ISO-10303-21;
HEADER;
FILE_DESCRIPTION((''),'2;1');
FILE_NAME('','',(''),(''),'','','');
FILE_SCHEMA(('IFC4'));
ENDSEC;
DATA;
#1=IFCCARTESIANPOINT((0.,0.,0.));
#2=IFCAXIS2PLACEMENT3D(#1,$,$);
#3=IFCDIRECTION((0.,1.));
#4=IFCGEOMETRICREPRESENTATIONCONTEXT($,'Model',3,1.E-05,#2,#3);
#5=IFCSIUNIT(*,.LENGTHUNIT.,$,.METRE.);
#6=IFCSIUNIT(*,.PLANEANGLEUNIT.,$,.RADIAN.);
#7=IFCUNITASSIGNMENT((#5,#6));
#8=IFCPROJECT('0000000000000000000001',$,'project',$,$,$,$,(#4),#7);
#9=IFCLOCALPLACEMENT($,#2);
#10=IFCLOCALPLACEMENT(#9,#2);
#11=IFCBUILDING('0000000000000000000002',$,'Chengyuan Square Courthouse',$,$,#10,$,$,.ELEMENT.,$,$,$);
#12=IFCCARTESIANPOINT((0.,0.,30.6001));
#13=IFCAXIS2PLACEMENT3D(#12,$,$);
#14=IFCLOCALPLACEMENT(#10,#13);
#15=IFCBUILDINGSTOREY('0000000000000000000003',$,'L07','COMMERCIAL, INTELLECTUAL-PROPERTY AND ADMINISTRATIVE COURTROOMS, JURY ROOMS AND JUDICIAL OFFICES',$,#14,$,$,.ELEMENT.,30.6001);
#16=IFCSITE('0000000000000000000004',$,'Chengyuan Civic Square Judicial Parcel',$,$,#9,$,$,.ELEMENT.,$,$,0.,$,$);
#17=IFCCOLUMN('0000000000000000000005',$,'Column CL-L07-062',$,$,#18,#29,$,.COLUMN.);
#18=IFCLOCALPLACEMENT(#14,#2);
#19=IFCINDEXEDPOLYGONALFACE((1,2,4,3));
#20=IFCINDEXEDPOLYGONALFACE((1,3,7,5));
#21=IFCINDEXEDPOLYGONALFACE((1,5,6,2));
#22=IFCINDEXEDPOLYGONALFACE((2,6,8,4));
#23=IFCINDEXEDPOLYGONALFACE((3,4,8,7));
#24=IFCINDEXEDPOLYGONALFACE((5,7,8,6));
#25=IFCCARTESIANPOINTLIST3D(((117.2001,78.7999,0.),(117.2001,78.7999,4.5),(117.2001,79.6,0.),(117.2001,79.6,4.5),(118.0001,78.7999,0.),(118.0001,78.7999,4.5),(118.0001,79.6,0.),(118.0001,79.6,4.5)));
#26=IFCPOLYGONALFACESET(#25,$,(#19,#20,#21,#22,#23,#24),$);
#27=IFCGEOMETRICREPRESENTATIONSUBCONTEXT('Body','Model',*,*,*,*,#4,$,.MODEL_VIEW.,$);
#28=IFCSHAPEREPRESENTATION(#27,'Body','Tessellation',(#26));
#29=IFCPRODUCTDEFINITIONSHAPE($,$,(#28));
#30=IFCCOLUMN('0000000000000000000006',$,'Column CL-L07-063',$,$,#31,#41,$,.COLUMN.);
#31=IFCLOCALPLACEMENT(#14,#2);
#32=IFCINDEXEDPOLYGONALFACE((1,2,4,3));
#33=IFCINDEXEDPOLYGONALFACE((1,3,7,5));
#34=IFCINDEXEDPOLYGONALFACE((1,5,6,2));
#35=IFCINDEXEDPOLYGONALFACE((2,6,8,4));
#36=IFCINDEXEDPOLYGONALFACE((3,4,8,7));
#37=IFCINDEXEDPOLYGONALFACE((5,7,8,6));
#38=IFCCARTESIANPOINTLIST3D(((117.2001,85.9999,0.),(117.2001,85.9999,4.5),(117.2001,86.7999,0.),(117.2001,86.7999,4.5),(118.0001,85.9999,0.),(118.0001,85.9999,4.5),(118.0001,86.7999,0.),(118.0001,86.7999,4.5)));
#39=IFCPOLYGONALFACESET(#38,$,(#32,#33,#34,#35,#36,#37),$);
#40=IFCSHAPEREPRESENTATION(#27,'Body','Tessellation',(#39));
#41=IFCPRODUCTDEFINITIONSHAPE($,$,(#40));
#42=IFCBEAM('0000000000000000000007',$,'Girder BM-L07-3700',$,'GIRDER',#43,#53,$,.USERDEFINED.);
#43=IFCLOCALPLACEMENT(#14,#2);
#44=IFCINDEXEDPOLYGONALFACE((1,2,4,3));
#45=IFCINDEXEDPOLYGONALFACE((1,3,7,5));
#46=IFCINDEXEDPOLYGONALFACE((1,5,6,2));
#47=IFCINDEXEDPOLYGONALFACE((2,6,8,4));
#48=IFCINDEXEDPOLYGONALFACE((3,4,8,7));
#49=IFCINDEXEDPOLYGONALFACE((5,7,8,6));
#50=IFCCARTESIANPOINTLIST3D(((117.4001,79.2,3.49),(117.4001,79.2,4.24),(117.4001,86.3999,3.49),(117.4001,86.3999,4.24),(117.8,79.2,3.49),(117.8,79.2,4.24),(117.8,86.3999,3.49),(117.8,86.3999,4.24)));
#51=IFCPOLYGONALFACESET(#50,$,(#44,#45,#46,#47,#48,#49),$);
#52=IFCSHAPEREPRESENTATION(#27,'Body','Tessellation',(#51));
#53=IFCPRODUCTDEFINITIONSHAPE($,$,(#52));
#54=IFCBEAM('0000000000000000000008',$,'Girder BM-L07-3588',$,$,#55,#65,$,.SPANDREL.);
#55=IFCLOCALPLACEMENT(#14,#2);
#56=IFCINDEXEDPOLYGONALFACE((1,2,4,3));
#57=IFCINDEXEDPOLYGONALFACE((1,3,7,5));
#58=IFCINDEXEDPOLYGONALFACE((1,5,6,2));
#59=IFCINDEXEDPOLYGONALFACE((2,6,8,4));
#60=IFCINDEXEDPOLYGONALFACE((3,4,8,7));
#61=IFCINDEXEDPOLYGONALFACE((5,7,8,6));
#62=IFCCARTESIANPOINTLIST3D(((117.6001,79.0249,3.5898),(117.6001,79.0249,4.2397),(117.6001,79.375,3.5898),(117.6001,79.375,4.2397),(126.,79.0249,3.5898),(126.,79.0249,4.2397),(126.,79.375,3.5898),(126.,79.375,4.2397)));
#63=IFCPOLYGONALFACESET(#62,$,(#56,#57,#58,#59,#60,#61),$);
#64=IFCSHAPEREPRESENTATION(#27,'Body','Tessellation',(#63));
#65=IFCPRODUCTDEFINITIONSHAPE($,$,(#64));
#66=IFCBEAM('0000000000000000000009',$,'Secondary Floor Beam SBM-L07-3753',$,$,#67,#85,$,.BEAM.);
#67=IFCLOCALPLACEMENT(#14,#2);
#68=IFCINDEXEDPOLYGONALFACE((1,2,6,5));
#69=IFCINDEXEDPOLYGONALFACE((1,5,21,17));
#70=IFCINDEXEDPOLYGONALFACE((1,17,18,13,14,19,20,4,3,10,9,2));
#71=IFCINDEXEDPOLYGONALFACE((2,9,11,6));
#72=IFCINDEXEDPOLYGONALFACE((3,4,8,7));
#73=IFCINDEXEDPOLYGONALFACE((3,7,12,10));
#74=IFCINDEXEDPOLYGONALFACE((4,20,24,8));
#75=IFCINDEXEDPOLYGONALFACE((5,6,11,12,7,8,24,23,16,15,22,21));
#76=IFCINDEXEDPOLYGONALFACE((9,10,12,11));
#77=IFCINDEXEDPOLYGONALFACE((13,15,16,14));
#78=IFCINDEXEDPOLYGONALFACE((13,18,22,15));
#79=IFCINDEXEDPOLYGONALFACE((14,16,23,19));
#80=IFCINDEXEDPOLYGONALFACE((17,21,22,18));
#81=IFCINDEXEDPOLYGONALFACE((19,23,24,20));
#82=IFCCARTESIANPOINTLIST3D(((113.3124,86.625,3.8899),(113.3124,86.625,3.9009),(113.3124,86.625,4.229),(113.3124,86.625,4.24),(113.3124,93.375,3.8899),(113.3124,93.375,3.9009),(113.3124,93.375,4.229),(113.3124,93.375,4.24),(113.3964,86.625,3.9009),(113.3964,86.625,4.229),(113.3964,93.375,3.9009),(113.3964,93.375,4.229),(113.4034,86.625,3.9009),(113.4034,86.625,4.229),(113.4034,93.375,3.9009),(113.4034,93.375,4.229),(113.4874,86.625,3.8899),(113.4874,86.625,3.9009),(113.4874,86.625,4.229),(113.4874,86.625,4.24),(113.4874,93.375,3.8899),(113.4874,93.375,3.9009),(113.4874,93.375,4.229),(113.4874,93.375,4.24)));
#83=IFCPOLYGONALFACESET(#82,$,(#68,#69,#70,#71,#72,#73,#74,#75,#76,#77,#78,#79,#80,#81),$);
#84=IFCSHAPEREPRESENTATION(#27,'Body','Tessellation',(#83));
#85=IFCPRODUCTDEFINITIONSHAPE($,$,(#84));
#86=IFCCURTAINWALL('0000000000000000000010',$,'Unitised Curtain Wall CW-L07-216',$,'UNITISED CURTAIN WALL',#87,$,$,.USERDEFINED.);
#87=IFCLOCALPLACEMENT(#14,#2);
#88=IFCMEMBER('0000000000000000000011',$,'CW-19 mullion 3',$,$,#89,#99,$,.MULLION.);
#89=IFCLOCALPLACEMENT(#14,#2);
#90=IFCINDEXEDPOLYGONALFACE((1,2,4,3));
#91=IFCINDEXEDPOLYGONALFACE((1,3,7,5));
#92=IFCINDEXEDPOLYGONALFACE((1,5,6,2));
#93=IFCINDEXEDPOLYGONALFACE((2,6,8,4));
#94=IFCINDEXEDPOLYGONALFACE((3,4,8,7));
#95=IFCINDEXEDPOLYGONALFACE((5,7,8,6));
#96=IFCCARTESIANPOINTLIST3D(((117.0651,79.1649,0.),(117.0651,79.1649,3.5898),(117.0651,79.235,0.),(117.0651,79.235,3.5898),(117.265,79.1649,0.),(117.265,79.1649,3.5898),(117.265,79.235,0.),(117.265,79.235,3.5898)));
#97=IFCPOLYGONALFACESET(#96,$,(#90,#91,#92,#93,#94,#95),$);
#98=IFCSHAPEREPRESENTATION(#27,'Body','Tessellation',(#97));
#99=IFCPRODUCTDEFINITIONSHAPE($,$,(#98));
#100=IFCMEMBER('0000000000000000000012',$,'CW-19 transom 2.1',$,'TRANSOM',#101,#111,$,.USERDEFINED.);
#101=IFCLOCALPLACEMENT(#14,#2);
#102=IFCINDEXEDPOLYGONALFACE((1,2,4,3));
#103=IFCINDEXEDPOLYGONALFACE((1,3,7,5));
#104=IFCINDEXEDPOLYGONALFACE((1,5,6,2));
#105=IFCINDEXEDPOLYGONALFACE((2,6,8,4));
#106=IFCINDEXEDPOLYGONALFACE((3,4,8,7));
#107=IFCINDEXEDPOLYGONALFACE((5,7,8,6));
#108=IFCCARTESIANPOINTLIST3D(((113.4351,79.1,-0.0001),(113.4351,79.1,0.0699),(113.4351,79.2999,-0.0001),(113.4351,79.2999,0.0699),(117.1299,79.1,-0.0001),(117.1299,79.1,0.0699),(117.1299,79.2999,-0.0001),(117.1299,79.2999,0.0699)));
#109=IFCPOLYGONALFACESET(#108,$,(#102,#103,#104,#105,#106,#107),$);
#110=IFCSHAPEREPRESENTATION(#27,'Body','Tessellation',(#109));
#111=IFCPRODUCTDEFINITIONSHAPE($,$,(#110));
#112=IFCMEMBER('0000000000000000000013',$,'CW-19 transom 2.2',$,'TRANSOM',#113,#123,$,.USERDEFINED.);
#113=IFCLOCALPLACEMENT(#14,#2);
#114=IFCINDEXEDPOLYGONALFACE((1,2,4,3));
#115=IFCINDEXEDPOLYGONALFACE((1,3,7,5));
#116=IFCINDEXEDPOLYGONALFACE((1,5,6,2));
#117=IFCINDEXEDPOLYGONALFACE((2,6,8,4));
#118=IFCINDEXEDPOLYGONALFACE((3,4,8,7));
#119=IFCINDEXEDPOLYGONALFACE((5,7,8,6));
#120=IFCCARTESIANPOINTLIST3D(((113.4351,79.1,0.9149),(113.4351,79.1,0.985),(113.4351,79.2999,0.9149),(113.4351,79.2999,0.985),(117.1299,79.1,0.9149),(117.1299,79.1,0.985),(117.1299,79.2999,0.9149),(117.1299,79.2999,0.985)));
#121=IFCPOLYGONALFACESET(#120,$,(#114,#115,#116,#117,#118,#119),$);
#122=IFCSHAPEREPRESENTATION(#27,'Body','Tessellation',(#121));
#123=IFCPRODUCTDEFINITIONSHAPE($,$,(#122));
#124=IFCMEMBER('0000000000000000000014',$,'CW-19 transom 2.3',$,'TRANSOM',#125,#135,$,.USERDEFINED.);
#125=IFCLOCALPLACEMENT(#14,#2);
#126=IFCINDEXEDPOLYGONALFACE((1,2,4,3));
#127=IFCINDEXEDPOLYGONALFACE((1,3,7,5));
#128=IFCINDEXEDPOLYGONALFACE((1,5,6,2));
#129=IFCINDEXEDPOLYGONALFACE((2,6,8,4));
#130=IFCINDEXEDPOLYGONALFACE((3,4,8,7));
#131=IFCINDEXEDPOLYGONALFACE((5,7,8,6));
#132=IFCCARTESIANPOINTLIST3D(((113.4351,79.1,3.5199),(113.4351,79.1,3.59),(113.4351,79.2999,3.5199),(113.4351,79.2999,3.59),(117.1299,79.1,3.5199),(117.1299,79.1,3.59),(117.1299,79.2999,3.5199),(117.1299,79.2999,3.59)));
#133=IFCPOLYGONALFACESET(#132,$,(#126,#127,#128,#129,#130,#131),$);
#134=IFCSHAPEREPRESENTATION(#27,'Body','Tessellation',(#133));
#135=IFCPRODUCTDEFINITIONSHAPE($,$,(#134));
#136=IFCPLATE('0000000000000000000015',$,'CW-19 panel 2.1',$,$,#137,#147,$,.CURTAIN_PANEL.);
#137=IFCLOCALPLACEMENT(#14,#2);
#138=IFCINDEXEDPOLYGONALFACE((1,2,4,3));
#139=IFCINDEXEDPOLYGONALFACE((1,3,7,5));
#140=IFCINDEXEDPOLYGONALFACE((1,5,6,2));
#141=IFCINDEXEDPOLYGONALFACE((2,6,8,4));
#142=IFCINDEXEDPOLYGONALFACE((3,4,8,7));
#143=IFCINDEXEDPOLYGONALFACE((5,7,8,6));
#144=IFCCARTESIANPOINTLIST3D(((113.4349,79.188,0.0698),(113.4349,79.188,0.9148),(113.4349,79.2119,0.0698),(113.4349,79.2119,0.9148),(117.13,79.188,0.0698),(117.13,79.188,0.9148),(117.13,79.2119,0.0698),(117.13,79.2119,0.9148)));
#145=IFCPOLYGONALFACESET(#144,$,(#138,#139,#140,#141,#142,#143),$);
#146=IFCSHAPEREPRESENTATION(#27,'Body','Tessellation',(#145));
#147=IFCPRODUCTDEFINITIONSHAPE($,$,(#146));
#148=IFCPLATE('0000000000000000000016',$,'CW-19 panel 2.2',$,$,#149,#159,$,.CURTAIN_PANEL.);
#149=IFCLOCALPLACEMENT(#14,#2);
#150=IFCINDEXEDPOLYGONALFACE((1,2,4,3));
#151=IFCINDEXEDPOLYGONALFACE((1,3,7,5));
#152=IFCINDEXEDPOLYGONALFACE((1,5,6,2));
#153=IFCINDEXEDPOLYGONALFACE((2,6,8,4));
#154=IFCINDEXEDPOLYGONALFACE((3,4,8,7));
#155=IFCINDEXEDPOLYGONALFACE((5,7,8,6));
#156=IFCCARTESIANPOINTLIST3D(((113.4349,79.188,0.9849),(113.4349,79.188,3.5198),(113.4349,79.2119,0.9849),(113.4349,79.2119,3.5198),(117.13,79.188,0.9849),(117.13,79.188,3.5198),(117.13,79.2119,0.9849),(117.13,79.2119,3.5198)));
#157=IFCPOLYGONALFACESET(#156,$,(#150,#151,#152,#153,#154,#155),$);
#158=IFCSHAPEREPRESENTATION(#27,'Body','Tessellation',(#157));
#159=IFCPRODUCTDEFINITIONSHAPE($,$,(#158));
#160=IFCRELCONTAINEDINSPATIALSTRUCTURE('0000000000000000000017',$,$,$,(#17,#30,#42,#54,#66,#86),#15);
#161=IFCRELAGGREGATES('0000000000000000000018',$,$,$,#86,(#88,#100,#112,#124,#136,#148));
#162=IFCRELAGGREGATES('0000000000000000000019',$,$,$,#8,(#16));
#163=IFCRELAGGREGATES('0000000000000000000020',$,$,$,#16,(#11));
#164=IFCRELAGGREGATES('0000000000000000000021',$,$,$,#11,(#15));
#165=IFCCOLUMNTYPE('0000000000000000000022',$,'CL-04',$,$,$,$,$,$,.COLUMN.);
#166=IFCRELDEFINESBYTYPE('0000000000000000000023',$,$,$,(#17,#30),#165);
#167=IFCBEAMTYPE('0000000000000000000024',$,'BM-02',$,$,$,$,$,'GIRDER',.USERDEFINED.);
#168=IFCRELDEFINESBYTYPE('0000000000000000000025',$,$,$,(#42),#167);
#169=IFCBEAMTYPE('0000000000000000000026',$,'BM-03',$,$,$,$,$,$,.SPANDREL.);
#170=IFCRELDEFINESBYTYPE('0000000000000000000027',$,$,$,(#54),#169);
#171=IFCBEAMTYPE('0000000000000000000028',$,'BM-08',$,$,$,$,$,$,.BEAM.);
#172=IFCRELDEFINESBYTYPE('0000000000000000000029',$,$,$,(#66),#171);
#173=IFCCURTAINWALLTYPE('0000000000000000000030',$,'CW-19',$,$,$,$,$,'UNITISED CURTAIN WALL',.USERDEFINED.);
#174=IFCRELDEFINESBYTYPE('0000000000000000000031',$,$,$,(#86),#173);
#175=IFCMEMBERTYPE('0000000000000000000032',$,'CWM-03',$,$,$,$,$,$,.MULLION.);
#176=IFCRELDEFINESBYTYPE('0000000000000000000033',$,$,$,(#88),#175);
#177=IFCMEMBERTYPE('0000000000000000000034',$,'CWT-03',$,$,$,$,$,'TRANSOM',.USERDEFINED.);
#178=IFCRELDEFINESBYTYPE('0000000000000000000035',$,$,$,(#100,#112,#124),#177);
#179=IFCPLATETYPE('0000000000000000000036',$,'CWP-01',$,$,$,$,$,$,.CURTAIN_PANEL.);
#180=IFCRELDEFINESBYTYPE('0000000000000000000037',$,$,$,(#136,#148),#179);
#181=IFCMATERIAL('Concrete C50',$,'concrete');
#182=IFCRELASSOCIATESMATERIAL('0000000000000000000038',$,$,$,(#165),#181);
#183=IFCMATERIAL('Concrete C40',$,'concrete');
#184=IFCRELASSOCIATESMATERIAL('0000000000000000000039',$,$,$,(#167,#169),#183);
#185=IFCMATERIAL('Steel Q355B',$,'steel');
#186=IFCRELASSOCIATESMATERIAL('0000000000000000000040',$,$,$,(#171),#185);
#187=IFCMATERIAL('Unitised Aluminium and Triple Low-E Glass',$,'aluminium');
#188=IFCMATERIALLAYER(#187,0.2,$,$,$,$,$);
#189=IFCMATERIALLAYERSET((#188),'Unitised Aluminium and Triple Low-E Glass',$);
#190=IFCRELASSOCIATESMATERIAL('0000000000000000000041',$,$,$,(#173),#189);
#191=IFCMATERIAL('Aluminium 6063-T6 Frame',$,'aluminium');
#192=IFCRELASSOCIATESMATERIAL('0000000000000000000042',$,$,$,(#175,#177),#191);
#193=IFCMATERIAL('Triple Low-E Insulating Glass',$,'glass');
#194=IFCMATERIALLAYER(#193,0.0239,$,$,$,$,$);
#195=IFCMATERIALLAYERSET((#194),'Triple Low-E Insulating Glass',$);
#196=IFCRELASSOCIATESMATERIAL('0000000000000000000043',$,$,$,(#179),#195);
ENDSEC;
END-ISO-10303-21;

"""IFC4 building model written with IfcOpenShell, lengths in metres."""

from ifc_helpers import new_model, si_unit, direction, frame, origin, origin_2d, place, context, subcontext, project, spatial, rectangle, i_section, extrude, material, layer, layer_set, material_profile, profile_set, type_object, element, aggregate, save


model = new_model("IFC4")

# Units and contexts
model_context = context("Model", 3, precision=1e-05, world=origin(), true_north=direction((0.0, 1.0)))
body_context = subcontext(model_context, "Body", "Model", "MODEL_VIEW")
ifc_project = project(units=[si_unit("LENGTHUNIT", "METRE"), si_unit("PLANEANGLEUNIT", "RADIAN")], contexts=[model_context])

# Site, building, storey
site_placement = place(None, origin())
site = spatial("IfcSite", under=ifc_project, at=site_placement, Name="Chengyuan Civic Square Judicial Parcel", CompositionType="ELEMENT", RefElevation=0.0)
building_placement = place(site_placement, origin())
building = spatial("IfcBuilding", under=site, at=building_placement, Name="Chengyuan Square Courthouse", CompositionType="ELEMENT")
storey_placement = place(building_placement, frame((0.0, 0.0, 30.6001)))
storey = spatial("IfcBuildingStorey", under=building, at=storey_placement, Name="L07", Description="COMMERCIAL, INTELLECTUAL-PROPERTY AND ADMINISTRATIVE COURTROOMS, JURY ROOMS AND JUDICIAL OFFICES", CompositionType="ELEMENT", Elevation=30.6001)

# Columns
ifc_material_1 = material(Name="Concrete C50", Category="concrete")
ifc_material_profile_1 = material_profile(ifc_material_1, rectangle(XDim=0.8, YDim=0.8, at=origin_2d()), Name="RC-COL-800x800")
ifc_profile_set_1 = profile_set([ifc_material_profile_1], Name="Concrete C50")
column_type = type_object("IfcColumnType", Name="CL-04", PredefinedType="COLUMN", material=ifc_profile_set_1)
for number, where, z_axis, x_axis, name in (
    (1, (117.6001, 79.2, 0.0), (0.0, 0.0, 1.0), (1.0, 0.0, 0.0), "Column CL-L07-062"),
    (2, (117.6001, 86.3999, 0.0), (0.0, 0.0, 1.0), (1.0, 0.0, 0.0), "Column CL-L07-063"),
):
    element("IfcColumn", number, at=place(storey_placement, frame(where, z_axis=z_axis, x_axis=x_axis)), inside=storey, type_object=column_type, Name=name, PredefinedType="COLUMN", context=body_context, shape_type="SweptSolid", body=[
        extrude(rectangle(XDim=0.8, YDim=0.8, at=origin_2d()), origin(), (0.0, 0.0, 1.0), 4.5),
    ])

# Beams
ifc_material_2 = material(Name="Concrete C40", Category="concrete")
ifc_material_profile_2 = material_profile(ifc_material_2, rectangle(XDim=0.3999, YDim=0.75, at=origin_2d()), Name="RC-BM-400x750")
ifc_profile_set_2 = profile_set([ifc_material_profile_2], Name="Concrete C40")
beam_type_1 = type_object("IfcBeamType", Name="BM-02", ElementType="GIRDER", PredefinedType="USERDEFINED", material=ifc_profile_set_2)
beam_1_placement = place(storey_placement, frame((117.6001, 79.2, 3.865), z_axis=(0.0, 1.0, 0.0), x_axis=(-1.0, 0.0, 0.0)))
element("IfcBeam", 3, at=beam_1_placement, inside=storey, type_object=beam_type_1, Name="Girder BM-L07-3700", ObjectType="GIRDER", PredefinedType="USERDEFINED", context=body_context, shape_type="SweptSolid", body=[
    extrude(rectangle(XDim=0.3999, YDim=0.75, at=origin_2d()), origin(), (0.0, 0.0, 1.0), 7.2),
])
ifc_material_profile_3 = material_profile(ifc_material_2, rectangle(XDim=0.3501, YDim=0.6499, at=origin_2d()), Name="RC-BM-350x650")
ifc_profile_set_3 = profile_set([ifc_material_profile_3], Name="Concrete C40")
beam_type_2 = type_object("IfcBeamType", Name="BM-03", PredefinedType="SPANDREL", material=ifc_profile_set_3)
beam_2_placement = place(storey_placement, frame((117.6001, 79.2, 3.9148), z_axis=(1.0, 0.0, 0.0), x_axis=(0.0, 1.0, 0.0)))
element("IfcBeam", 4, at=beam_2_placement, inside=storey, type_object=beam_type_2, Name="Girder BM-L07-3588", PredefinedType="SPANDREL", context=body_context, shape_type="SweptSolid", body=[
    extrude(rectangle(XDim=0.3501, YDim=0.6499, at=origin_2d()), origin(), (0.0, 0.0, 1.0), 8.3999),
])
ifc_material_3 = material(Name="Steel Q355B", Category="steel")
ifc_material_profile_4 = material_profile(ifc_material_3, i_section(OverallWidth=0.175, OverallDepth=0.3501, WebThickness=0.0071, FlangeThickness=0.011, at=origin_2d()), Name="HN 350x175x7x11")
ifc_profile_set_4 = profile_set([ifc_material_profile_4], Name="Steel Q355B")
beam_type_3 = type_object("IfcBeamType", Name="BM-08", PredefinedType="BEAM", material=ifc_profile_set_4)
beam_3_placement = place(storey_placement, frame((113.3999, 86.625, 4.0649), z_axis=(0.0, 1.0, 0.0), x_axis=(-1.0, 0.0, 0.0)))
element("IfcBeam", 5, at=beam_3_placement, inside=storey, type_object=beam_type_3, Name="Secondary Floor Beam SBM-L07-3753", PredefinedType="BEAM", context=body_context, shape_type="SweptSolid", body=[
    extrude(i_section(OverallWidth=0.175, OverallDepth=0.3501, WebThickness=0.0071, FlangeThickness=0.011, at=origin_2d()), origin(), (0.0, 0.0, 1.0), 6.75),
])

# Curtain wall, members, plates
ifc_material_4 = material(Name="Unitised Aluminium and Triple Low-E Glass", Category="aluminium")
ifc_layer_1 = layer(ifc_material_4, 0.2)
ifc_layer_set_1 = layer_set([ifc_layer_1], Name="Unitised Aluminium and Triple Low-E Glass")
curtain_wall_type = type_object("IfcCurtainWallType", Name="CW-19", ElementType="UNITISED CURTAIN WALL", PredefinedType="USERDEFINED", material=ifc_layer_set_1)
curtain_wall_placement = place(storey_placement, origin())
curtain_wall = element("IfcCurtainWall", 6, at=curtain_wall_placement, inside=storey, type_object=curtain_wall_type, Name="Unitised Curtain Wall CW-L07-216", ObjectType="UNITISED CURTAIN WALL", PredefinedType="USERDEFINED")
ifc_material_5 = material(Name="Aluminium 6063-T6 Frame", Category="aluminium")
ifc_material_profile_5 = material_profile(ifc_material_5, rectangle(XDim=0.0701, YDim=0.2, at=origin_2d()), Name="CW-MUL-70x200")
ifc_profile_set_5 = profile_set([ifc_material_profile_5], Name="Aluminium 6063-T6 Frame")
member_type_1 = type_object("IfcMemberType", Name="CWM-03", PredefinedType="MULLION", material=ifc_profile_set_5)
member_1_placement = place(storey_placement, frame((117.165, 79.2, 0.0), z_axis=(0.0, 0.0, 1.0), x_axis=(0.0, 1.0, 0.0)))
member_1 = element("IfcMember", 7, at=member_1_placement, type_object=member_type_1, Name="CW-19 mullion 3", PredefinedType="MULLION", context=body_context, shape_type="SweptSolid", body=[
    extrude(rectangle(XDim=0.0701, YDim=0.2, at=origin_2d()), origin(), (0.0, 0.0, 1.0), 3.5898),
])
ifc_material_profile_6 = material_profile(ifc_material_5, rectangle(XDim=0.2, YDim=0.0701, at=origin_2d()), Name="CW-TRN-70x160")
ifc_profile_set_6 = profile_set([ifc_material_profile_6], Name="Aluminium 6063-T6 Frame")
member_type_2 = type_object("IfcMemberType", Name="CWT-03", ElementType="TRANSOM", PredefinedType="USERDEFINED", material=ifc_profile_set_6)
member_2_placement = place(storey_placement, frame((113.4351, 79.2, 0.0349), z_axis=(1.0, 0.0, 0.0), x_axis=(0.0, 1.0, 0.0)))
member_2 = element("IfcMember", 8, at=member_2_placement, type_object=member_type_2, Name="CW-19 transom 2.1", ObjectType="TRANSOM", PredefinedType="USERDEFINED", context=body_context, shape_type="SweptSolid", body=[
    extrude(rectangle(XDim=0.2, YDim=0.0701, at=origin_2d()), origin(), (0.0, 0.0, 1.0), 3.6948),
])
member_3_placement = place(storey_placement, frame((113.4351, 79.2, 0.95), z_axis=(1.0, 0.0, 0.0), x_axis=(0.0, 1.0, 0.0)))
member_3 = element("IfcMember", 9, at=member_3_placement, type_object=member_type_2, Name="CW-19 transom 2.2", ObjectType="TRANSOM", PredefinedType="USERDEFINED", context=body_context, shape_type="SweptSolid", body=[
    extrude(rectangle(XDim=0.2, YDim=0.0701, at=origin_2d()), origin(), (0.0, 0.0, 1.0), 3.6948),
])
member_4_placement = place(storey_placement, frame((113.4351, 79.2, 3.5549), z_axis=(1.0, 0.0, 0.0), x_axis=(0.0, 1.0, 0.0)))
member_4 = element("IfcMember", 10, at=member_4_placement, type_object=member_type_2, Name="CW-19 transom 2.3", ObjectType="TRANSOM", PredefinedType="USERDEFINED", context=body_context, shape_type="SweptSolid", body=[
    extrude(rectangle(XDim=0.2, YDim=0.0701, at=origin_2d()), origin(), (0.0, 0.0, 1.0), 3.6948),
])
ifc_material_6 = material(Name="Triple Low-E Insulating Glass", Category="glass")
ifc_layer_2 = layer(ifc_material_6, 0.0239)
ifc_layer_set_2 = layer_set([ifc_layer_2], Name="Triple Low-E Insulating Glass")
plate_type = type_object("IfcPlateType", Name="CWP-01", PredefinedType="CURTAIN_PANEL", material=ifc_layer_set_2)
plate_1_placement = place(storey_placement, frame((115.2825, 79.2, 0.0698), z_axis=(0.0, 0.0, 1.0), x_axis=(1.0, 0.0, 0.0)))
plate_1 = element("IfcPlate", 11, at=plate_1_placement, type_object=plate_type, Name="CW-19 panel 2.1", PredefinedType="CURTAIN_PANEL", context=body_context, shape_type="SweptSolid", body=[
    extrude(rectangle(XDim=3.6951, YDim=0.0239, at=origin_2d()), origin(), (0.0, 0.0, 1.0), 0.845),
])
plate_2_placement = place(storey_placement, frame((115.2825, 79.2, 0.9849), z_axis=(0.0, 0.0, 1.0), x_axis=(1.0, 0.0, 0.0)))
plate_2 = element("IfcPlate", 12, at=plate_2_placement, type_object=plate_type, Name="CW-19 panel 2.2", PredefinedType="CURTAIN_PANEL", context=body_context, shape_type="SweptSolid", body=[
    extrude(rectangle(XDim=3.6951, YDim=0.0239, at=origin_2d()), origin(), (0.0, 0.0, 1.0), 2.5349),
])
aggregate(curtain_wall, [member_1, member_2, member_3, member_4, plate_1, plate_2])

save(model, "model.ifc")
